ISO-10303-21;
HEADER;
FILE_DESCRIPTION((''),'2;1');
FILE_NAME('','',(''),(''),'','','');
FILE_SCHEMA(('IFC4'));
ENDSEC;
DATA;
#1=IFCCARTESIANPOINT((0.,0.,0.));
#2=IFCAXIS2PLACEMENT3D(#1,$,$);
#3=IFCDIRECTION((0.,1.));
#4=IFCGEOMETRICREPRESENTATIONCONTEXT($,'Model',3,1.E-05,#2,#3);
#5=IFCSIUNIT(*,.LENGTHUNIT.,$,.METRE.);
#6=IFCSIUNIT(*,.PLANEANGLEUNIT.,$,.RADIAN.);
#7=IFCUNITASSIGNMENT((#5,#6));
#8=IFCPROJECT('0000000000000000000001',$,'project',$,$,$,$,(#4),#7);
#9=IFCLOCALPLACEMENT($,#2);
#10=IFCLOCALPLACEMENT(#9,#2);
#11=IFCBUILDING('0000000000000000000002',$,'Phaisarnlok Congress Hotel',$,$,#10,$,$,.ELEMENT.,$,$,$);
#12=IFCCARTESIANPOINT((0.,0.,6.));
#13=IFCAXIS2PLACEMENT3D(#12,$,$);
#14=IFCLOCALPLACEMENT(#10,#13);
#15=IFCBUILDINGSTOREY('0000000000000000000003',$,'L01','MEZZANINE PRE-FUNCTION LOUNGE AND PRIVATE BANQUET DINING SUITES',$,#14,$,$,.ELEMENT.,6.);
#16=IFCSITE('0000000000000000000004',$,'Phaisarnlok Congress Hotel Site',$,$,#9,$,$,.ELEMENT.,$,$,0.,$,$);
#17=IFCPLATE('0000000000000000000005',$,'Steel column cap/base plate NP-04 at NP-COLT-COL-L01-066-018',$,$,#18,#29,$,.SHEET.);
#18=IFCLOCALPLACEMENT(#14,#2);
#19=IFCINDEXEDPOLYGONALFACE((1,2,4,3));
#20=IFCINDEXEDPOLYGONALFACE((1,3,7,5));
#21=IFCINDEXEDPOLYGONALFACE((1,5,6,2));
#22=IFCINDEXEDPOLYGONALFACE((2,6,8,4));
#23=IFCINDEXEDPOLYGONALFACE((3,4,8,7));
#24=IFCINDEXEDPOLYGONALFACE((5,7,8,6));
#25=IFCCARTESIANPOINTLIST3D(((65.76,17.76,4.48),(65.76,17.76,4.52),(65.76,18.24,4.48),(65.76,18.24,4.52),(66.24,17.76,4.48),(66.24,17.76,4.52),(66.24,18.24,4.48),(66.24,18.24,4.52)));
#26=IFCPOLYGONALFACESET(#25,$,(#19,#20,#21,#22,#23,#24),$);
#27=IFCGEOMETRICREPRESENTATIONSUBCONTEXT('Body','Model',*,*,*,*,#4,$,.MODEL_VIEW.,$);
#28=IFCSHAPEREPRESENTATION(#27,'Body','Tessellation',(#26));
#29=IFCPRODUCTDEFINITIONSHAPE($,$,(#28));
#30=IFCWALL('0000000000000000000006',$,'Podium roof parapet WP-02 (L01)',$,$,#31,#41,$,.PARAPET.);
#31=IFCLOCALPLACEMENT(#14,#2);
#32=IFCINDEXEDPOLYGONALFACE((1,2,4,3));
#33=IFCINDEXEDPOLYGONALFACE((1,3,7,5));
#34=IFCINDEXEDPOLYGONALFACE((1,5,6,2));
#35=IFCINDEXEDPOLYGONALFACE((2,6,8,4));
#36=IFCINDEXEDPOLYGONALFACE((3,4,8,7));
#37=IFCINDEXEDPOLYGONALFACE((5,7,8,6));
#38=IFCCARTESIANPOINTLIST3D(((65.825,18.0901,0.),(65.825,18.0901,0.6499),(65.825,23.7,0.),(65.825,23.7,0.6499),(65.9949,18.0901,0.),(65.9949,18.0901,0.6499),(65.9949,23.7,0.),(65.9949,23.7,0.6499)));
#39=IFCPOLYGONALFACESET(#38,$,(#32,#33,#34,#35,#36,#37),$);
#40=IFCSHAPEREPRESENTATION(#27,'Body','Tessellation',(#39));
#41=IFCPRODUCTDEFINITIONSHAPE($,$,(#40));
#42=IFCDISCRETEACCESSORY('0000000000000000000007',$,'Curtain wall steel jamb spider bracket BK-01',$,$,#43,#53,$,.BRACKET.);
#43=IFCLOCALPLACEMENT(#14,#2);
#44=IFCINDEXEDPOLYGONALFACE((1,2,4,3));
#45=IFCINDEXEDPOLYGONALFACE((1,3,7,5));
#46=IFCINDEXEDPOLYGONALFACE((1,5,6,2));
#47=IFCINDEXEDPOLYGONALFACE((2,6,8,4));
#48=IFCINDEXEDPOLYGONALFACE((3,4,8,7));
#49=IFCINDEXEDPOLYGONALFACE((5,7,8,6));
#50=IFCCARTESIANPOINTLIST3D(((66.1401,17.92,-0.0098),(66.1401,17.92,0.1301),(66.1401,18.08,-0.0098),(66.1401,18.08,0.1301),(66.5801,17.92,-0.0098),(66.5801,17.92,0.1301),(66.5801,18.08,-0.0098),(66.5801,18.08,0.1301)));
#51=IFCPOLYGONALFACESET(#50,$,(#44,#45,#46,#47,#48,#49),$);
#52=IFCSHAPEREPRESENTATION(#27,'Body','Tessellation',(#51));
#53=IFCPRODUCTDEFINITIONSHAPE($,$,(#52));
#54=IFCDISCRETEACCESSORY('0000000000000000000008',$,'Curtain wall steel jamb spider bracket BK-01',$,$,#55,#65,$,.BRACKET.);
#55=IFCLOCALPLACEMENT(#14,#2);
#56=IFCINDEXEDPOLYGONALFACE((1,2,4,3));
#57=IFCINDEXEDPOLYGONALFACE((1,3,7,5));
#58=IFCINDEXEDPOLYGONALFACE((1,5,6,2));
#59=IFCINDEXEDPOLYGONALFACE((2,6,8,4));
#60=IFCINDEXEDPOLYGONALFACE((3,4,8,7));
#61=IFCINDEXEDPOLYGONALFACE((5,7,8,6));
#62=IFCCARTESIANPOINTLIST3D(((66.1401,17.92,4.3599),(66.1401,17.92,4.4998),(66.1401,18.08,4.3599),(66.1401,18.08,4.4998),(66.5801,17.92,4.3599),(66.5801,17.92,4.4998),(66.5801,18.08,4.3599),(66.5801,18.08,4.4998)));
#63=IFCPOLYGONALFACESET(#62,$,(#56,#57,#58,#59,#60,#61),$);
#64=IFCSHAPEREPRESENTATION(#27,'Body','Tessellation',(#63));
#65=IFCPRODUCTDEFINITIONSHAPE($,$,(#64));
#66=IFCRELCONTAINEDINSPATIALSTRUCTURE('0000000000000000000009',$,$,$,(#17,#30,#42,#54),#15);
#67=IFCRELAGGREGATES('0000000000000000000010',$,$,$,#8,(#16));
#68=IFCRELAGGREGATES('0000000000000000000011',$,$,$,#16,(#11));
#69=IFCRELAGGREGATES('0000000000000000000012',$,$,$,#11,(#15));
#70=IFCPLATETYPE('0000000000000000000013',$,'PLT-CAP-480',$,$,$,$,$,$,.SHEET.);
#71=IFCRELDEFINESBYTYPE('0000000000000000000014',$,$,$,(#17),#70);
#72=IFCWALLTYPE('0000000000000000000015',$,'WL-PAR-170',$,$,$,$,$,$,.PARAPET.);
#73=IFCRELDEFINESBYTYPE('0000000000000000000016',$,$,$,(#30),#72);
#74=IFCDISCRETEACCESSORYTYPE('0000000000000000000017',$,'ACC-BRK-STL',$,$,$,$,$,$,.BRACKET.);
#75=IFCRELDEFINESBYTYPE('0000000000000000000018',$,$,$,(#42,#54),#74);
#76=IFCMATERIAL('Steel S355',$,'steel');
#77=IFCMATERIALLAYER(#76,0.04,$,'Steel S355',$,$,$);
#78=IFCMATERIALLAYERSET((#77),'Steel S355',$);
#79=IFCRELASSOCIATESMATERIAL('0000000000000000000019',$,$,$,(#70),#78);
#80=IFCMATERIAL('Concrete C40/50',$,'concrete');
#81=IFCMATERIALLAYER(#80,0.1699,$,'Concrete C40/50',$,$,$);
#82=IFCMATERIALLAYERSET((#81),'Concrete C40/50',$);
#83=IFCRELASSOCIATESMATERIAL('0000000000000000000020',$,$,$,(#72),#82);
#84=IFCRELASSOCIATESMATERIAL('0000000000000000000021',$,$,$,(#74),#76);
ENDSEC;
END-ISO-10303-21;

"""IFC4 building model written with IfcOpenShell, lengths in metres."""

from ifc_helpers import new_model, si_unit, direction, frame, frame_2d, origin, origin_2d, place, context, subcontext, project, spatial, rectangle, extrude, material, layer, layer_set, type_object, element, save


model = new_model("IFC4")

# Units and contexts
model_context = context("Model", 3, precision=1e-05, world=origin(), true_north=direction((0.0, 1.0)))
body_context = subcontext(model_context, "Body", "Model", "MODEL_VIEW")
ifc_project = project(units=[si_unit("LENGTHUNIT", "METRE"), si_unit("PLANEANGLEUNIT", "RADIAN")], contexts=[model_context])

# Site, building, storey
site_placement = place(None, origin())
site = spatial("IfcSite", under=ifc_project, at=site_placement, Name="Phaisarnlok Congress Hotel Site", CompositionType="ELEMENT", RefElevation=0.0)
building_placement = place(site_placement, origin())
building = spatial("IfcBuilding", under=site, at=building_placement, Name="Phaisarnlok Congress Hotel", CompositionType="ELEMENT")
storey_placement = place(building_placement, frame((0.0, 0.0, 6.0)))
storey = spatial("IfcBuildingStorey", under=building, at=storey_placement, Name="L01", Description="MEZZANINE PRE-FUNCTION LOUNGE AND PRIVATE BANQUET DINING SUITES", CompositionType="ELEMENT", Elevation=6.0)

# Shared definitions
ifc_material_1 = material(Name="Steel S355", Category="steel")

# Plate
ifc_layer_1 = layer(ifc_material_1, 0.04, Name="Steel S355")
ifc_layer_set_1 = layer_set([ifc_layer_1], Name="Steel S355")
plate_type_1 = type_object("IfcPlateType", Name="PLT-CAP-480", PredefinedType="SHEET", material=ifc_layer_set_1)
plate_1_placement = place(storey_placement, frame((66.0, 18.0, 4.48), z_axis=(0.0, 0.0, 1.0), x_axis=(1.0, 0.0, 0.0)))
element("IfcPlate", 1, at=plate_1_placement, inside=storey, type_object=plate_type_1, Name="Steel column cap/base plate NP-04 at NP-COLT-COL-L01-066-018", PredefinedType="SHEET", context=body_context, shape_type="SweptSolid", body=[
    extrude(rectangle(XDim=0.48, YDim=0.48, at=origin_2d()), origin(), (0.0, 0.0, 1.0), 0.04),
])

# Wall
ifc_material_2 = material(Name="Concrete C40/50", Category="concrete")
ifc_layer_2 = layer(ifc_material_2, 0.1699, Name="Concrete C40/50")
ifc_layer_set_2 = layer_set([ifc_layer_2], Name="Concrete C40/50")
wall_type = type_object("IfcWallType", Name="WL-PAR-170", PredefinedType="PARAPET", material=ifc_layer_set_2)
wall_placement = place(storey_placement, frame((65.9099, 18.0901, 0.0), z_axis=(0.0, 0.0, 1.0), x_axis=(0.0, 1.0, 0.0)))
element("IfcWall", 2, at=wall_placement, inside=storey, type_object=wall_type, Name="Podium roof parapet WP-02 (L01)", PredefinedType="PARAPET", context=body_context, shape_type="SweptSolid", body=[
    extrude(rectangle(XDim=5.6099, YDim=0.1699, at=frame_2d((2.8049, 0.0))), origin(), (0.0, 0.0, 1.0), 0.6499),
])

# Discrete accessories
discrete_accessory_type = type_object("IfcDiscreteAccessoryType", Name="ACC-BRK-STL", PredefinedType="BRACKET", material=ifc_material_1)
for number, where, z_axis, x_axis, name in (
    (3, (66.3601, 18.0, -0.0098), (0.0, 0.0, 1.0), (1.0, 0.0, 0.0), "Curtain wall steel jamb spider bracket BK-01"),
    (4, (66.3601, 18.0, 4.3599), (0.0, 0.0, 1.0), (1.0, 0.0, 0.0), "Curtain wall steel jamb spider bracket BK-01"),
):
    element("IfcDiscreteAccessory", number, at=place(storey_placement, frame(where, z_axis=z_axis, x_axis=x_axis)), inside=storey, type_object=discrete_accessory_type, Name=name, PredefinedType="BRACKET", context=body_context, shape_type="SweptSolid", body=[
        extrude(rectangle(XDim=0.4399, YDim=0.1599, at=origin_2d()), origin(), (0.0, 0.0, 1.0), 0.1399),
    ])

save(model, "model.ifc")
